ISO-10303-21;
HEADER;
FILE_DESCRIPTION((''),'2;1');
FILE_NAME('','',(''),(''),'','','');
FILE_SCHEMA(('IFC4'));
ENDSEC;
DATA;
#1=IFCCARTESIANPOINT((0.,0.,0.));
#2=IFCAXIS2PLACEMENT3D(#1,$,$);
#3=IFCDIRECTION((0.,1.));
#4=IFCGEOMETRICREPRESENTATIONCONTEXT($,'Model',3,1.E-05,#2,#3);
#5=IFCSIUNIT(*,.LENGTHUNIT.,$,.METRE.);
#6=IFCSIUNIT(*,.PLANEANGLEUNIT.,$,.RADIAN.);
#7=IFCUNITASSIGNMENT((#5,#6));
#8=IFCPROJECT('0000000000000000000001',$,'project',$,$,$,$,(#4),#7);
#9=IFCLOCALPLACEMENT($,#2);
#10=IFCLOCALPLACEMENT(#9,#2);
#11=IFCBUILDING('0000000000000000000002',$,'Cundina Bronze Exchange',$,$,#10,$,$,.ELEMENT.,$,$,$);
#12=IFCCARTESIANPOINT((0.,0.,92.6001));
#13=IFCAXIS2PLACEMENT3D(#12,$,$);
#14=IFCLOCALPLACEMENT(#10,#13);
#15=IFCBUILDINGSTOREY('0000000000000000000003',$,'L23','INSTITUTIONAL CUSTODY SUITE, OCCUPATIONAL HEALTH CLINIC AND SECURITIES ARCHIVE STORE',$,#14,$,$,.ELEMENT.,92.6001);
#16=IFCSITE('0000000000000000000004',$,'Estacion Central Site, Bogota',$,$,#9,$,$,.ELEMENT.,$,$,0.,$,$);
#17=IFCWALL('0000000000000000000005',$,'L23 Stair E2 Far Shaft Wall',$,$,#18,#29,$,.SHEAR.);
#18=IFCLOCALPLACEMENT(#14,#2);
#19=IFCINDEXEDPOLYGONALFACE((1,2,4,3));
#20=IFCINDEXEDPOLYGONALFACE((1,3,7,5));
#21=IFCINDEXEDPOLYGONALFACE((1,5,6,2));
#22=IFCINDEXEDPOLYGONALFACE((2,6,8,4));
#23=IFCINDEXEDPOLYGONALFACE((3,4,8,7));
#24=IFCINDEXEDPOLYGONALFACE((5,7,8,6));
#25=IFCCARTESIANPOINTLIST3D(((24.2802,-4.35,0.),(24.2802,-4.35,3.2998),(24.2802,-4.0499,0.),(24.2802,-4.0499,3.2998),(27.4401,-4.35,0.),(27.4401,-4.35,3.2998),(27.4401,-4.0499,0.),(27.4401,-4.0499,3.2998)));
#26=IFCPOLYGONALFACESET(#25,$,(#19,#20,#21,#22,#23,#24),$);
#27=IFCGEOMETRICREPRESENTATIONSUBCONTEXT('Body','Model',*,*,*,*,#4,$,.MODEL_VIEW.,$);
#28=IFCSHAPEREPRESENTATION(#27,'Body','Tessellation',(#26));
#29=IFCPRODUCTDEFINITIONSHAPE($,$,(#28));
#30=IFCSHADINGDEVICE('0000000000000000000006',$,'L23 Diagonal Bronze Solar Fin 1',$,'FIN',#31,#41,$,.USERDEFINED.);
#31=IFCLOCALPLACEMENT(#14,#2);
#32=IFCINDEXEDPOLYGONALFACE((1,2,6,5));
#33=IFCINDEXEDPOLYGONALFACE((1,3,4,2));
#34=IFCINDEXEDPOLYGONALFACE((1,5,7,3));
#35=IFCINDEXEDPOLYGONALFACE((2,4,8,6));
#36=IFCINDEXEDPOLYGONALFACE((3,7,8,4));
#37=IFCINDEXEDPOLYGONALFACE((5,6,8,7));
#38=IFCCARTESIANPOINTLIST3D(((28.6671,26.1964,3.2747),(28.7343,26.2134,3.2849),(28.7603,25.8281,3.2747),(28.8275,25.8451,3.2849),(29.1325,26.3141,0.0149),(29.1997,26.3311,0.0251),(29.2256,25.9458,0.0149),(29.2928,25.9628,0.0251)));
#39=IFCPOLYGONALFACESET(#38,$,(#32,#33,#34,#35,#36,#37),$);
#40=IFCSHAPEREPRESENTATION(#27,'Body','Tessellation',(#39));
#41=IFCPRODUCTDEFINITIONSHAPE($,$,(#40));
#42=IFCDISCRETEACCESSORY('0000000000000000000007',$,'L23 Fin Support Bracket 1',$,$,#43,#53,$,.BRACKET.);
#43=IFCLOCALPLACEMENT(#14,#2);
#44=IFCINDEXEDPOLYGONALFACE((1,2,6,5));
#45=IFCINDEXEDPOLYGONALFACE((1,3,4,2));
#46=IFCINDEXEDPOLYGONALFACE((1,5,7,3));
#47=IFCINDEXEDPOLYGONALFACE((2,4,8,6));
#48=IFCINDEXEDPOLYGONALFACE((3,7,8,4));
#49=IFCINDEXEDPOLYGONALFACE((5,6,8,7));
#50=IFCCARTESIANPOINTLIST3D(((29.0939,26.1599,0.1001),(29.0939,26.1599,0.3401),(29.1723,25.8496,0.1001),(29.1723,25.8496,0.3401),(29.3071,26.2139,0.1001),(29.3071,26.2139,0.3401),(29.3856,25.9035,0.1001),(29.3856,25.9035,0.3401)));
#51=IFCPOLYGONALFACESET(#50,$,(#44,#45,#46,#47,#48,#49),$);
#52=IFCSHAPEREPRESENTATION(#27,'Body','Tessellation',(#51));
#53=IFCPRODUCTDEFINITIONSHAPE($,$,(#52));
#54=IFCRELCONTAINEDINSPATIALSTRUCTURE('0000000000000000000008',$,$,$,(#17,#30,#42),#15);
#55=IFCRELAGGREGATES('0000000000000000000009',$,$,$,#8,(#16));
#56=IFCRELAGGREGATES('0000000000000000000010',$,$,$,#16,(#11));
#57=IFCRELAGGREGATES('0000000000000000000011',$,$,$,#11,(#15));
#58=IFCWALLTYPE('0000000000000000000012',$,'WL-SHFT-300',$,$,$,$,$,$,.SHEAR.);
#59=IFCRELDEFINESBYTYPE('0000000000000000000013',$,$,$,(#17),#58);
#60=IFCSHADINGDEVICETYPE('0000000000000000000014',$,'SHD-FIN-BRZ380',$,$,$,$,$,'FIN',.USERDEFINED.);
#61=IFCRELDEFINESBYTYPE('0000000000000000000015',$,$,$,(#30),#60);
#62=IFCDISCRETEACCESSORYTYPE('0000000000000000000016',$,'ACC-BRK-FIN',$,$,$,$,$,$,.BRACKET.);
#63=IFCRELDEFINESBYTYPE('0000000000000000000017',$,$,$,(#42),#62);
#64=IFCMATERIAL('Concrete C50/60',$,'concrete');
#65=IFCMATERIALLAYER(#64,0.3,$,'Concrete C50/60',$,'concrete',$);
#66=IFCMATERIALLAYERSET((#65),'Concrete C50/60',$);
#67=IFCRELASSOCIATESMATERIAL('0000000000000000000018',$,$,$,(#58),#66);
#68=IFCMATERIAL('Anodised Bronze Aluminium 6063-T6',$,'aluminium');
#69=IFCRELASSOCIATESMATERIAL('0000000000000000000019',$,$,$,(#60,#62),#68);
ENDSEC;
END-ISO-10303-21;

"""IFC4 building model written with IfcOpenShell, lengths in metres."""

from ifc_helpers import new_model, si_unit, direction, frame, frame_2d, origin, origin_2d, place, context, subcontext, project, spatial, rectangle, extrude, material, layer, layer_set, material_profile, profile_set, type_object, element, save


model = new_model("IFC4")

# Units and contexts
model_context = context("Model", 3, precision=1e-05, world=origin(), true_north=direction((0.0, 1.0)))
body_context = subcontext(model_context, "Body", "Model", "MODEL_VIEW")
ifc_project = project(units=[si_unit("LENGTHUNIT", "METRE"), si_unit("PLANEANGLEUNIT", "RADIAN")], contexts=[model_context])

# Site, building, storey
site_placement = place(None, origin())
site = spatial("IfcSite", under=ifc_project, at=site_placement, Name="Estacion Central Site, Bogota", CompositionType="ELEMENT", RefElevation=0.0)
building_placement = place(site_placement, origin())
building = spatial("IfcBuilding", under=site, at=building_placement, Name="Cundina Bronze Exchange", CompositionType="ELEMENT")
storey_placement = place(building_placement, frame((0.0, 0.0, 92.6001)))
storey = spatial("IfcBuildingStorey", under=building, at=storey_placement, Name="L23", Description="INSTITUTIONAL CUSTODY SUITE, OCCUPATIONAL HEALTH CLINIC AND SECURITIES ARCHIVE STORE", CompositionType="ELEMENT", Elevation=92.6001)

# Shared definitions
ifc_material_1 = material(Name="Anodised Bronze Aluminium 6063-T6", Category="aluminium")

# Shared definitions
ifc_material_2 = material(Name="Concrete C50/60", Category="concrete")
ifc_layer_1 = layer(ifc_material_2, 0.3, Name="Concrete C50/60", Category="concrete")
ifc_layer_set_1 = layer_set([ifc_layer_1], Name="Concrete C50/60")
wall_type_1 = type_object("IfcWallType", Name="WL-SHFT-300", PredefinedType="SHEAR", material=ifc_layer_set_1)

# Wall
wall_1_placement = place(storey_placement, frame((24.28, -4.2, 0.0), z_axis=(0.0, 0.0, 1.0), x_axis=(1.0, 0.0, 0.0)))
element("IfcWall", 1, at=wall_1_placement, inside=storey, type_object=wall_type_1, Name="L23 Stair E2 Far Shaft Wall", PredefinedType="SHEAR", context=body_context, shape_type="SweptSolid", body=[
    extrude(rectangle(XDim=3.1599, YDim=0.3, at=frame_2d((1.5801, 0.0))), origin(), (0.0, 0.0, 1.0), 3.2998),
])

# Shading device
ifc_material_profile_1 = material_profile(ifc_material_1, rectangle(XDim=0.0701, YDim=0.3799, at=origin_2d()), Name="FIN70X380", Category="aluminium")
ifc_profile_set_1 = profile_set([ifc_material_profile_1], Name="Anodised Bronze Aluminium 6063-T6")
shading_device_type = type_object("IfcShadingDeviceType", Name="SHD-FIN-BRZ380", ElementType="FIN", PredefinedType="USERDEFINED", material=ifc_profile_set_1)
shading_device_placement = place(storey_placement, frame((29.2126, 26.1384, 0.02), z_axis=(-0.141227, -0.035714, 0.989333), x_axis=(0.959139, 0.242552, 0.145673)))
element("IfcShadingDevice", 2, at=shading_device_placement, inside=storey, type_object=shading_device_type, Name="L23 Diagonal Bronze Solar Fin 1", ObjectType="FIN", PredefinedType="USERDEFINED", context=body_context, shape_type="SweptSolid", body=[
    extrude(rectangle(XDim=0.0701, YDim=0.3799, at=origin_2d()), origin(), (0.0, 0.0, 1.0), 3.2949),
])

# Discrete accessory
discrete_accessory_type = type_object("IfcDiscreteAccessoryType", Name="ACC-BRK-FIN", PredefinedType="BRACKET", material=ifc_material_1)
discrete_accessory_placement = place(storey_placement, frame((29.2397, 26.0317, 0.1001), z_axis=(0.0, 0.0, 1.0), x_axis=(-0.969488, -0.245138, 0.0)))
element("IfcDiscreteAccessory", 3, at=discrete_accessory_placement, inside=storey, type_object=discrete_accessory_type, Name="L23 Fin Support Bracket 1", PredefinedType="BRACKET", context=body_context, shape_type="SweptSolid", body=[
    extrude(rectangle(XDim=0.22, YDim=0.3201, at=origin_2d()), origin(), (0.0, 0.0, 1.0), 0.24),
])

save(model, "model.ifc")
